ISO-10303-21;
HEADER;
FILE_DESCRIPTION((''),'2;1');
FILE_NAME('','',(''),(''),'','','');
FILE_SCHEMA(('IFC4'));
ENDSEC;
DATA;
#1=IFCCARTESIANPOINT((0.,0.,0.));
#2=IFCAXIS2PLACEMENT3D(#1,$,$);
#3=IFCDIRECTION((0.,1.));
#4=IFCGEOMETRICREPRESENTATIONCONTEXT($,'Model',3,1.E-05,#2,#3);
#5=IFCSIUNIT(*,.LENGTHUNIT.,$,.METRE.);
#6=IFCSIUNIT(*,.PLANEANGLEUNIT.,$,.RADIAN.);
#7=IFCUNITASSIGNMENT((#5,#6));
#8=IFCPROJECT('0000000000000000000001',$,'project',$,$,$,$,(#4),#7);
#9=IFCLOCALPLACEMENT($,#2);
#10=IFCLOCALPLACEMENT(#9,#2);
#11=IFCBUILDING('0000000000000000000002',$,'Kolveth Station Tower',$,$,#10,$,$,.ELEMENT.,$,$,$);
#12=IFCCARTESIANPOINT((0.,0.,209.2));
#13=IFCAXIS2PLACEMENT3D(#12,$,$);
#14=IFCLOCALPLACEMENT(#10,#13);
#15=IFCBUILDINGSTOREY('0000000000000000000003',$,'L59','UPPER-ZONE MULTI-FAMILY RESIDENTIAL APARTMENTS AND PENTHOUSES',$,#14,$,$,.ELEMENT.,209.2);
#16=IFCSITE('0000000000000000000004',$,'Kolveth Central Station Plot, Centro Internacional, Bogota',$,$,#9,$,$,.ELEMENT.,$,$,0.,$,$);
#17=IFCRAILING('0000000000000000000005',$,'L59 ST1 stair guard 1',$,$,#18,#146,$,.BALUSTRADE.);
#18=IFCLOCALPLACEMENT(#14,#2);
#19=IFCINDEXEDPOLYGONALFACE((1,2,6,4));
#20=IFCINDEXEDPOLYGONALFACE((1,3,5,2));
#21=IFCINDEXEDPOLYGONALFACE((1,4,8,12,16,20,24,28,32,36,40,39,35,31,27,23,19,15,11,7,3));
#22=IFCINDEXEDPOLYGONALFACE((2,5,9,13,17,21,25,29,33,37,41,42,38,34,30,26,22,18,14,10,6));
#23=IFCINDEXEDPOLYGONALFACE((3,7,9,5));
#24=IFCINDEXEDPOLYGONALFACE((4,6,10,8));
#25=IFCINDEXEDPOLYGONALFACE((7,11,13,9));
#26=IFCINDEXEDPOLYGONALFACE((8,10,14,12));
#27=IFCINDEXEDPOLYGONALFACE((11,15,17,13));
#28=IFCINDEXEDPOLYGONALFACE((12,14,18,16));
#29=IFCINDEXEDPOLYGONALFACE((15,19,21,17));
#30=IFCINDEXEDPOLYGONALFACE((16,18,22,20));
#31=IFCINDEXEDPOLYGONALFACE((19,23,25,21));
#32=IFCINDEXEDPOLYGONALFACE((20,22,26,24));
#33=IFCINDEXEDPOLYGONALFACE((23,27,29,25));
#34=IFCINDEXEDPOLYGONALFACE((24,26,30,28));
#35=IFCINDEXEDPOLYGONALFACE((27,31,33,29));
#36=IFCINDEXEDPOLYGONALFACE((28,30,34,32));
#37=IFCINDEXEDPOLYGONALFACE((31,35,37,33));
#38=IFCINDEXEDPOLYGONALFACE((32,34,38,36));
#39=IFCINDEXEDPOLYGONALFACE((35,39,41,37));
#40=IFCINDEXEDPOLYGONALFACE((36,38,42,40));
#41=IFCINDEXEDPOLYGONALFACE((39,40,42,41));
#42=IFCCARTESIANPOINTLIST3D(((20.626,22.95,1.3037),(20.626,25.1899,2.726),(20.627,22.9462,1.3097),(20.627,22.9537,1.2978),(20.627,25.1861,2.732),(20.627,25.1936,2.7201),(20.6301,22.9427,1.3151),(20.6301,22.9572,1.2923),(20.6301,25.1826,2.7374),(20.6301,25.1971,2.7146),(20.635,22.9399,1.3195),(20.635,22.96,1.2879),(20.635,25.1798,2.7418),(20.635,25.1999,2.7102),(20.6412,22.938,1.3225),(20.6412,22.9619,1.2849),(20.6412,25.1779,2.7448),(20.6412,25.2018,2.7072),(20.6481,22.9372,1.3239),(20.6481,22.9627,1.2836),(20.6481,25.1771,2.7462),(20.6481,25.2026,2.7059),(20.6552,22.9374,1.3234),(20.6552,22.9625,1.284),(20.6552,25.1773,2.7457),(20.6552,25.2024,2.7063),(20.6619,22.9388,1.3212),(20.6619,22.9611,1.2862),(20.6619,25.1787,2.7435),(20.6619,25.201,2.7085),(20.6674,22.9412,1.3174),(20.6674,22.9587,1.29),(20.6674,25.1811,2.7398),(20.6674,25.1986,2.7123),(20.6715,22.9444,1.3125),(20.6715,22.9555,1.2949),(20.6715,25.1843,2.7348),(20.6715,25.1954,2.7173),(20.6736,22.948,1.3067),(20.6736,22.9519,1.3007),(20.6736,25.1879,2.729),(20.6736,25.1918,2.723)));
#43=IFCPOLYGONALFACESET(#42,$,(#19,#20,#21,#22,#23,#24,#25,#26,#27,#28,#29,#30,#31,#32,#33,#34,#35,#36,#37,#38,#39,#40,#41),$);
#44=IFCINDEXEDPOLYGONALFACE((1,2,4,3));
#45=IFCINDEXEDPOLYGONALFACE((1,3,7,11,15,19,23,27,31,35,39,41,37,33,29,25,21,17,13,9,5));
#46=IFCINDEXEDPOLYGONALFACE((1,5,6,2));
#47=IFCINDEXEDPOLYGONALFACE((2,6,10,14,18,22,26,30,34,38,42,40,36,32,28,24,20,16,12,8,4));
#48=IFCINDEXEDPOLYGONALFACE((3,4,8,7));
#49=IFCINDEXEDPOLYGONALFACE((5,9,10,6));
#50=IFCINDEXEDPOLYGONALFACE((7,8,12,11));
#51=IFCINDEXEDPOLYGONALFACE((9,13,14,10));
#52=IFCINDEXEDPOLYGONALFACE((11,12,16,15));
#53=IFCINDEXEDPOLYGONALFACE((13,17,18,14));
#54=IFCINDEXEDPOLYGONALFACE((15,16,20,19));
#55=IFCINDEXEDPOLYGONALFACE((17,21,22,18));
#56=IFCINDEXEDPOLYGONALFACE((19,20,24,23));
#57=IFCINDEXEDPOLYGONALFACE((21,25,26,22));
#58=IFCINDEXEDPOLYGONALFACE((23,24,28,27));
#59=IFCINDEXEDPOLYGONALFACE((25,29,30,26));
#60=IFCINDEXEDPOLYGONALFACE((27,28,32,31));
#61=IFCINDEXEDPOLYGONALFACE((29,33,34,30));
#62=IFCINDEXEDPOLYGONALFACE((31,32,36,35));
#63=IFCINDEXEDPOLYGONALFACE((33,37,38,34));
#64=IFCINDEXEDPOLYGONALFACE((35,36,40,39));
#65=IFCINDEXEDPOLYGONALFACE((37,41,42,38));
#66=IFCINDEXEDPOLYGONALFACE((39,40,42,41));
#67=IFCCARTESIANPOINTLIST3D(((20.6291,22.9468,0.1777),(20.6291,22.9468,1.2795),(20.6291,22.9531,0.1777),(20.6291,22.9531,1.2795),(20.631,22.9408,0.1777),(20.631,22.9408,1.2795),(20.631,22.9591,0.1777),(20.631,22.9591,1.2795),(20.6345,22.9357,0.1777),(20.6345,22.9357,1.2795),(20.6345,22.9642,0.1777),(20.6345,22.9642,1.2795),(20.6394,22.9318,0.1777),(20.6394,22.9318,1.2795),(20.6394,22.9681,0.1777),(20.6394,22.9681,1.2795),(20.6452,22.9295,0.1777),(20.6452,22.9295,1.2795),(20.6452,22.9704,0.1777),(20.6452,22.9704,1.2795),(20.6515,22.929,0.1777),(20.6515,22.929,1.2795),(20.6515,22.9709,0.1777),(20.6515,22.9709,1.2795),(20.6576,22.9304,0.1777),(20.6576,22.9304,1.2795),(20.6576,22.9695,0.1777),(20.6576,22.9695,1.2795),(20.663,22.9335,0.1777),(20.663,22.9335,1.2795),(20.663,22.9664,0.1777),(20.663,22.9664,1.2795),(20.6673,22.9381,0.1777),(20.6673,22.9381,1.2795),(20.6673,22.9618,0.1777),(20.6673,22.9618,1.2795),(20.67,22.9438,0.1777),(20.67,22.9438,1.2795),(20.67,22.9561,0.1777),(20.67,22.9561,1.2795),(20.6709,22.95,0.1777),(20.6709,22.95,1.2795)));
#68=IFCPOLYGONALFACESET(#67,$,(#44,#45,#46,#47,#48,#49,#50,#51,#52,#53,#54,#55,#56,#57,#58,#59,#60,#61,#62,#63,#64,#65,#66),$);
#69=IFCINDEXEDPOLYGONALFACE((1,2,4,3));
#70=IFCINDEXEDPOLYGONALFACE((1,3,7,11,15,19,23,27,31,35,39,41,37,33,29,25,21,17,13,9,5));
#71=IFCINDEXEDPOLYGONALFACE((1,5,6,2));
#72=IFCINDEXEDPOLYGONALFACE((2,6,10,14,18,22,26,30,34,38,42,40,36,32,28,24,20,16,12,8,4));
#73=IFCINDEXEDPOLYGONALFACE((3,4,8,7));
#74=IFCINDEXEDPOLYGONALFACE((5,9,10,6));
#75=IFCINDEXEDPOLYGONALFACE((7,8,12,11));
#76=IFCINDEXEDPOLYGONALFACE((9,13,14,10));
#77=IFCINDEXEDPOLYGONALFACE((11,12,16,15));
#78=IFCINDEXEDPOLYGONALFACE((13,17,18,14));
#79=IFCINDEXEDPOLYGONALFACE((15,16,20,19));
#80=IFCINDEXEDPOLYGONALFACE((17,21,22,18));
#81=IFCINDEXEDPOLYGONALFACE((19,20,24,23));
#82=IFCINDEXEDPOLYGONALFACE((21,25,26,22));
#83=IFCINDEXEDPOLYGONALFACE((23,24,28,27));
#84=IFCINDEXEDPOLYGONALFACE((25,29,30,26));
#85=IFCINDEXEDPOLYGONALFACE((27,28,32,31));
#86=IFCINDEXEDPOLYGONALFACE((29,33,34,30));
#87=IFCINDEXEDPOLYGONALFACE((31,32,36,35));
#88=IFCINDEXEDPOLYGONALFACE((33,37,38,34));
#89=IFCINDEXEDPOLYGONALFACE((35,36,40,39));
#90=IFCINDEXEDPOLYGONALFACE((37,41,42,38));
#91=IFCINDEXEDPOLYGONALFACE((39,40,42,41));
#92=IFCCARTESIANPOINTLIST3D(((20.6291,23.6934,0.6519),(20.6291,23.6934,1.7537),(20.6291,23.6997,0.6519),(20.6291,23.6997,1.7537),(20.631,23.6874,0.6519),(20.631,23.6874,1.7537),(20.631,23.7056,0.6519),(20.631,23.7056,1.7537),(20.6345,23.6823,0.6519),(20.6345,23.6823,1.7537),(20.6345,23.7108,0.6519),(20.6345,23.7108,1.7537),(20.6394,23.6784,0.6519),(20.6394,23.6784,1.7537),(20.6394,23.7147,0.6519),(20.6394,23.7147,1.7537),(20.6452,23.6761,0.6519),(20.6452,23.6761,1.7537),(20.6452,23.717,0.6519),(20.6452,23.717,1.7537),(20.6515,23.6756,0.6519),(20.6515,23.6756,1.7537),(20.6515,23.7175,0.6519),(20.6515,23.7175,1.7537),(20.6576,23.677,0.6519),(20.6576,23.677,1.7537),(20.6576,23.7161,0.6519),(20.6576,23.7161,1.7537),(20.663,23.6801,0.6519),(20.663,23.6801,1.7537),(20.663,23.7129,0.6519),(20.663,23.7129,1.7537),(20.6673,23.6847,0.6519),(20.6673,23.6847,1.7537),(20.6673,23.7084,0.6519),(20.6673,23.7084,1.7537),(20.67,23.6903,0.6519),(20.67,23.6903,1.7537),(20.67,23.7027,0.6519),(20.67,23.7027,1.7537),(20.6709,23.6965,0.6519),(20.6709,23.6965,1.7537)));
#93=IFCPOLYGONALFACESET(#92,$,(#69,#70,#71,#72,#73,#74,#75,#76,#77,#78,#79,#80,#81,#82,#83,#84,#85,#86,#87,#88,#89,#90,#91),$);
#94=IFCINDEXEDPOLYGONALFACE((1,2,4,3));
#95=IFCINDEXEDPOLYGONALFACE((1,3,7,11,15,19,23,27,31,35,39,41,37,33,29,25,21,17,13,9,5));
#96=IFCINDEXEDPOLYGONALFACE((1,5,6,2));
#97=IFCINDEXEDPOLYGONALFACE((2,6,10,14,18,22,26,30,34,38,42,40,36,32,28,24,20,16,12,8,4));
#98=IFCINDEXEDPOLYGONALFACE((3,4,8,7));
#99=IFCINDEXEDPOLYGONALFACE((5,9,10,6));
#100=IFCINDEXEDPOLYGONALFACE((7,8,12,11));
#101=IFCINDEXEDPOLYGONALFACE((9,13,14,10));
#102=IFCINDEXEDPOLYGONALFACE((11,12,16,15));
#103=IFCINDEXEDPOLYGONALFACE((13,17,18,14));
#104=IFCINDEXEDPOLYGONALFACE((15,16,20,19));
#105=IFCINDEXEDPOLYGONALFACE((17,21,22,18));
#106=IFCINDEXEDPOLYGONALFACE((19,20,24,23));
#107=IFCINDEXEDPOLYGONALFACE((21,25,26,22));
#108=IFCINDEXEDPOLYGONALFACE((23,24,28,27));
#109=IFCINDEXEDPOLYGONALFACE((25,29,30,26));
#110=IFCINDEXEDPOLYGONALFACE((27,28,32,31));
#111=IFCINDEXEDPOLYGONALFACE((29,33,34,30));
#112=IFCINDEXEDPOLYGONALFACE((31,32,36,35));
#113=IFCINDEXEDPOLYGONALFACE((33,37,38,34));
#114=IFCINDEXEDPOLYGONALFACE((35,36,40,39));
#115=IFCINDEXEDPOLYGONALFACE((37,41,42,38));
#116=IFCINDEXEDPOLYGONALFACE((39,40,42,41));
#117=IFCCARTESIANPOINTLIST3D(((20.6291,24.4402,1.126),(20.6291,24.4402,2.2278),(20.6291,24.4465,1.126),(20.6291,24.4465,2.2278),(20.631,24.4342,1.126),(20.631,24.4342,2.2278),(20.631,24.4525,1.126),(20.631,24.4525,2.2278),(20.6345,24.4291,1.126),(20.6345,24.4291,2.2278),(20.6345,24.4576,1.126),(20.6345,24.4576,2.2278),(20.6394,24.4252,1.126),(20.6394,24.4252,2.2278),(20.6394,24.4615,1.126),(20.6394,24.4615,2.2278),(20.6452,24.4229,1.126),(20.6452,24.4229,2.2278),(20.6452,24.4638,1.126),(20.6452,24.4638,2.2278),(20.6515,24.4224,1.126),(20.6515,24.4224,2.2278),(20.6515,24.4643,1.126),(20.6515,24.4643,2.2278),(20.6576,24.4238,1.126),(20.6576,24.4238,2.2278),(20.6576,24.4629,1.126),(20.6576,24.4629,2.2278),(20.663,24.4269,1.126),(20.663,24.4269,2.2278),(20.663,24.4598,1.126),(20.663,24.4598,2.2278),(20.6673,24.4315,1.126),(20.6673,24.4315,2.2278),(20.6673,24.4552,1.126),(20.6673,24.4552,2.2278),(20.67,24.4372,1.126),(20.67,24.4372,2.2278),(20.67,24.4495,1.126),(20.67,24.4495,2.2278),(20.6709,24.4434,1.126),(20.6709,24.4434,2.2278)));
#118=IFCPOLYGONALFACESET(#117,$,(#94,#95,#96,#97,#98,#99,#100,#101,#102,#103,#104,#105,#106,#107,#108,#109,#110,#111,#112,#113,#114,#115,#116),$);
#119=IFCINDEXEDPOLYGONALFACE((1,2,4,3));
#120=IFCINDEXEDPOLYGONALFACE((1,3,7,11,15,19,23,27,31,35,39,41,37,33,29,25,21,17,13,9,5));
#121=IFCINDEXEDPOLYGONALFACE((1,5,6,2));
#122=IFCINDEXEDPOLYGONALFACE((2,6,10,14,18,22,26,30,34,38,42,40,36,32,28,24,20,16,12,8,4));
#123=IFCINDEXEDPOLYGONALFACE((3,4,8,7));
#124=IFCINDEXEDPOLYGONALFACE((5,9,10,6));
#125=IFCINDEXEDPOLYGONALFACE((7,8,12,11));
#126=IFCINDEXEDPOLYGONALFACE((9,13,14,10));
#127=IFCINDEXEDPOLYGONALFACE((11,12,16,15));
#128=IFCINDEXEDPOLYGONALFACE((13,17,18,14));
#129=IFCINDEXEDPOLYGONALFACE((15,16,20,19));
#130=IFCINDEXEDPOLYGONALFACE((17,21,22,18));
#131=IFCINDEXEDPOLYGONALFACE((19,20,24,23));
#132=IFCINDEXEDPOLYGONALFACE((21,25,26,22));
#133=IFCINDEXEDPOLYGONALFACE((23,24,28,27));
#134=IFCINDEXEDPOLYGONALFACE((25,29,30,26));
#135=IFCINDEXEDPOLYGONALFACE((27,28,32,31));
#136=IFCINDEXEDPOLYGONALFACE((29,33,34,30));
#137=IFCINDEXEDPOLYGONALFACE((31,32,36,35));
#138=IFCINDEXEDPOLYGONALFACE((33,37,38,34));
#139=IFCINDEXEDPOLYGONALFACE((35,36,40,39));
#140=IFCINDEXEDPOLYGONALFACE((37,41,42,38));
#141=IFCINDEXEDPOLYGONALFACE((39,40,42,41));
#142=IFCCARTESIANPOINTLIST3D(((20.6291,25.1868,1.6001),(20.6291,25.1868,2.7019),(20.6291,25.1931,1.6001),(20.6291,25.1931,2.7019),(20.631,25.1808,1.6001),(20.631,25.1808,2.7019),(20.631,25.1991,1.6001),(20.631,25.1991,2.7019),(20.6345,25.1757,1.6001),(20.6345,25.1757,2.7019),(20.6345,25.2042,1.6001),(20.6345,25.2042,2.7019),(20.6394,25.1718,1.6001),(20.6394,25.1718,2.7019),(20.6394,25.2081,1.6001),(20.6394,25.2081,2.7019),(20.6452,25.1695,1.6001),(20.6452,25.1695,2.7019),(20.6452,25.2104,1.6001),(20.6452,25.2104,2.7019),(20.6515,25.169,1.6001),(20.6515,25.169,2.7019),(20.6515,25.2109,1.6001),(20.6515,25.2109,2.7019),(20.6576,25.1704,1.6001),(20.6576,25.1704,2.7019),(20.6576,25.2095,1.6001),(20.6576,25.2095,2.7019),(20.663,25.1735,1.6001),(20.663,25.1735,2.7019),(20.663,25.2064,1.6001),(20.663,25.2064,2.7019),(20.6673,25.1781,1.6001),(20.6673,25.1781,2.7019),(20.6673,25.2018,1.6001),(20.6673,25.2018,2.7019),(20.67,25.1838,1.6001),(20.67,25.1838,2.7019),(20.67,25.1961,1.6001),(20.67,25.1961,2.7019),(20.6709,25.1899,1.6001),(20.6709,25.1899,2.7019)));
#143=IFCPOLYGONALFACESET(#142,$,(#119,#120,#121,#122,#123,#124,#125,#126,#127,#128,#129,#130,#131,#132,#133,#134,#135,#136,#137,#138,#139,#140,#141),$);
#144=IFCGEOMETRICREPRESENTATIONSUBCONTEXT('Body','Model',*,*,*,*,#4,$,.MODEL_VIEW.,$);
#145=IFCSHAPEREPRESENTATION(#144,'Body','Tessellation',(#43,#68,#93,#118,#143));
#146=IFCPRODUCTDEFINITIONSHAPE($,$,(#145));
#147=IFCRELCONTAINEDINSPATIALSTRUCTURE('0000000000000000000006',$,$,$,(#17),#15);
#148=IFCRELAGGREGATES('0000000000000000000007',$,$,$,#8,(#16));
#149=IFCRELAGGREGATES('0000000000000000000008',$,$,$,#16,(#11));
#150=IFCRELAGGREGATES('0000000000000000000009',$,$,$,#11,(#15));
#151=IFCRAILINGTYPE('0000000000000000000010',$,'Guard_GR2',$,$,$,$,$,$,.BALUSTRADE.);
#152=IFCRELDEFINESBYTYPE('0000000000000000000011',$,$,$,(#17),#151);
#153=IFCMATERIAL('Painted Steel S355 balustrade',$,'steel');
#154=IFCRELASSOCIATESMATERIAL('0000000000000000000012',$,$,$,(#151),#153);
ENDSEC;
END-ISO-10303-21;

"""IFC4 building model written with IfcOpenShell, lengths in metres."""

from ifc_helpers import new_model, si_unit, direction, frame, origin, origin_2d, place, context, subcontext, project, spatial, circle, extrude, material, type_object, element, save


model = new_model("IFC4")

# Units and contexts
model_context = context("Model", 3, precision=1e-05, world=origin(), true_north=direction((0.0, 1.0)))
body_context = subcontext(model_context, "Body", "Model", "MODEL_VIEW")
ifc_project = project(units=[si_unit("LENGTHUNIT", "METRE"), si_unit("PLANEANGLEUNIT", "RADIAN")], contexts=[model_context])

# Site, building, storey
site_placement = place(None, origin())
site = spatial("IfcSite", under=ifc_project, at=site_placement, Name="Kolveth Central Station Plot, Centro Internacional, Bogota", CompositionType="ELEMENT", RefElevation=0.0)
building_placement = place(site_placement, origin())
building = spatial("IfcBuilding", under=site, at=building_placement, Name="Kolveth Station Tower", CompositionType="ELEMENT")
storey_placement = place(building_placement, frame((0.0, 0.0, 209.2)))
storey = spatial("IfcBuildingStorey", under=building, at=storey_placement, Name="L59", Description="UPPER-ZONE MULTI-FAMILY RESIDENTIAL APARTMENTS AND PENTHOUSES", CompositionType="ELEMENT", Elevation=209.2)

# Railing
ifc_material_1 = material(Name="Painted Steel S355 balustrade", Category="steel")
railing_type_1 = type_object("IfcRailingType", Name="Guard_GR2", PredefinedType="BALUSTRADE", material=ifc_material_1)
railing_1_placement = place(storey_placement, frame((20.6499, 22.95, 0.1777)))
element("IfcRailing", 1, at=railing_1_placement, inside=storey, type_object=railing_type_1, Name="L59 ST1 stair guard 1", PredefinedType="BALUSTRADE", context=body_context, shape_type="SweptSolid", body=[
    extrude(circle(Radius=0.0239, at=origin_2d()), frame((0.0, 0.0, 1.126), z_axis=(0.0, 0.844188, 0.536048), x_axis=(-1.0, 0.0, 0.0)), (0.0, 0.0, 1.0), 2.6533),
    extrude(circle(Radius=0.021, at=origin_2d()), origin(), (0.0, 0.0, 1.0), 1.1018),
    extrude(circle(Radius=0.021, at=origin_2d()), frame((0.0, 0.7466, 0.4741)), (0.0, 0.0, 1.0), 1.1018),
    extrude(circle(Radius=0.021, at=origin_2d()), frame((0.0, 1.4934, 0.9482)), (0.0, 0.0, 1.0), 1.1018),
    extrude(circle(Radius=0.021, at=origin_2d()), frame((0.0, 2.24, 1.4224)), (0.0, 0.0, 1.0), 1.1018),
])

save(model, "model.ifc")
